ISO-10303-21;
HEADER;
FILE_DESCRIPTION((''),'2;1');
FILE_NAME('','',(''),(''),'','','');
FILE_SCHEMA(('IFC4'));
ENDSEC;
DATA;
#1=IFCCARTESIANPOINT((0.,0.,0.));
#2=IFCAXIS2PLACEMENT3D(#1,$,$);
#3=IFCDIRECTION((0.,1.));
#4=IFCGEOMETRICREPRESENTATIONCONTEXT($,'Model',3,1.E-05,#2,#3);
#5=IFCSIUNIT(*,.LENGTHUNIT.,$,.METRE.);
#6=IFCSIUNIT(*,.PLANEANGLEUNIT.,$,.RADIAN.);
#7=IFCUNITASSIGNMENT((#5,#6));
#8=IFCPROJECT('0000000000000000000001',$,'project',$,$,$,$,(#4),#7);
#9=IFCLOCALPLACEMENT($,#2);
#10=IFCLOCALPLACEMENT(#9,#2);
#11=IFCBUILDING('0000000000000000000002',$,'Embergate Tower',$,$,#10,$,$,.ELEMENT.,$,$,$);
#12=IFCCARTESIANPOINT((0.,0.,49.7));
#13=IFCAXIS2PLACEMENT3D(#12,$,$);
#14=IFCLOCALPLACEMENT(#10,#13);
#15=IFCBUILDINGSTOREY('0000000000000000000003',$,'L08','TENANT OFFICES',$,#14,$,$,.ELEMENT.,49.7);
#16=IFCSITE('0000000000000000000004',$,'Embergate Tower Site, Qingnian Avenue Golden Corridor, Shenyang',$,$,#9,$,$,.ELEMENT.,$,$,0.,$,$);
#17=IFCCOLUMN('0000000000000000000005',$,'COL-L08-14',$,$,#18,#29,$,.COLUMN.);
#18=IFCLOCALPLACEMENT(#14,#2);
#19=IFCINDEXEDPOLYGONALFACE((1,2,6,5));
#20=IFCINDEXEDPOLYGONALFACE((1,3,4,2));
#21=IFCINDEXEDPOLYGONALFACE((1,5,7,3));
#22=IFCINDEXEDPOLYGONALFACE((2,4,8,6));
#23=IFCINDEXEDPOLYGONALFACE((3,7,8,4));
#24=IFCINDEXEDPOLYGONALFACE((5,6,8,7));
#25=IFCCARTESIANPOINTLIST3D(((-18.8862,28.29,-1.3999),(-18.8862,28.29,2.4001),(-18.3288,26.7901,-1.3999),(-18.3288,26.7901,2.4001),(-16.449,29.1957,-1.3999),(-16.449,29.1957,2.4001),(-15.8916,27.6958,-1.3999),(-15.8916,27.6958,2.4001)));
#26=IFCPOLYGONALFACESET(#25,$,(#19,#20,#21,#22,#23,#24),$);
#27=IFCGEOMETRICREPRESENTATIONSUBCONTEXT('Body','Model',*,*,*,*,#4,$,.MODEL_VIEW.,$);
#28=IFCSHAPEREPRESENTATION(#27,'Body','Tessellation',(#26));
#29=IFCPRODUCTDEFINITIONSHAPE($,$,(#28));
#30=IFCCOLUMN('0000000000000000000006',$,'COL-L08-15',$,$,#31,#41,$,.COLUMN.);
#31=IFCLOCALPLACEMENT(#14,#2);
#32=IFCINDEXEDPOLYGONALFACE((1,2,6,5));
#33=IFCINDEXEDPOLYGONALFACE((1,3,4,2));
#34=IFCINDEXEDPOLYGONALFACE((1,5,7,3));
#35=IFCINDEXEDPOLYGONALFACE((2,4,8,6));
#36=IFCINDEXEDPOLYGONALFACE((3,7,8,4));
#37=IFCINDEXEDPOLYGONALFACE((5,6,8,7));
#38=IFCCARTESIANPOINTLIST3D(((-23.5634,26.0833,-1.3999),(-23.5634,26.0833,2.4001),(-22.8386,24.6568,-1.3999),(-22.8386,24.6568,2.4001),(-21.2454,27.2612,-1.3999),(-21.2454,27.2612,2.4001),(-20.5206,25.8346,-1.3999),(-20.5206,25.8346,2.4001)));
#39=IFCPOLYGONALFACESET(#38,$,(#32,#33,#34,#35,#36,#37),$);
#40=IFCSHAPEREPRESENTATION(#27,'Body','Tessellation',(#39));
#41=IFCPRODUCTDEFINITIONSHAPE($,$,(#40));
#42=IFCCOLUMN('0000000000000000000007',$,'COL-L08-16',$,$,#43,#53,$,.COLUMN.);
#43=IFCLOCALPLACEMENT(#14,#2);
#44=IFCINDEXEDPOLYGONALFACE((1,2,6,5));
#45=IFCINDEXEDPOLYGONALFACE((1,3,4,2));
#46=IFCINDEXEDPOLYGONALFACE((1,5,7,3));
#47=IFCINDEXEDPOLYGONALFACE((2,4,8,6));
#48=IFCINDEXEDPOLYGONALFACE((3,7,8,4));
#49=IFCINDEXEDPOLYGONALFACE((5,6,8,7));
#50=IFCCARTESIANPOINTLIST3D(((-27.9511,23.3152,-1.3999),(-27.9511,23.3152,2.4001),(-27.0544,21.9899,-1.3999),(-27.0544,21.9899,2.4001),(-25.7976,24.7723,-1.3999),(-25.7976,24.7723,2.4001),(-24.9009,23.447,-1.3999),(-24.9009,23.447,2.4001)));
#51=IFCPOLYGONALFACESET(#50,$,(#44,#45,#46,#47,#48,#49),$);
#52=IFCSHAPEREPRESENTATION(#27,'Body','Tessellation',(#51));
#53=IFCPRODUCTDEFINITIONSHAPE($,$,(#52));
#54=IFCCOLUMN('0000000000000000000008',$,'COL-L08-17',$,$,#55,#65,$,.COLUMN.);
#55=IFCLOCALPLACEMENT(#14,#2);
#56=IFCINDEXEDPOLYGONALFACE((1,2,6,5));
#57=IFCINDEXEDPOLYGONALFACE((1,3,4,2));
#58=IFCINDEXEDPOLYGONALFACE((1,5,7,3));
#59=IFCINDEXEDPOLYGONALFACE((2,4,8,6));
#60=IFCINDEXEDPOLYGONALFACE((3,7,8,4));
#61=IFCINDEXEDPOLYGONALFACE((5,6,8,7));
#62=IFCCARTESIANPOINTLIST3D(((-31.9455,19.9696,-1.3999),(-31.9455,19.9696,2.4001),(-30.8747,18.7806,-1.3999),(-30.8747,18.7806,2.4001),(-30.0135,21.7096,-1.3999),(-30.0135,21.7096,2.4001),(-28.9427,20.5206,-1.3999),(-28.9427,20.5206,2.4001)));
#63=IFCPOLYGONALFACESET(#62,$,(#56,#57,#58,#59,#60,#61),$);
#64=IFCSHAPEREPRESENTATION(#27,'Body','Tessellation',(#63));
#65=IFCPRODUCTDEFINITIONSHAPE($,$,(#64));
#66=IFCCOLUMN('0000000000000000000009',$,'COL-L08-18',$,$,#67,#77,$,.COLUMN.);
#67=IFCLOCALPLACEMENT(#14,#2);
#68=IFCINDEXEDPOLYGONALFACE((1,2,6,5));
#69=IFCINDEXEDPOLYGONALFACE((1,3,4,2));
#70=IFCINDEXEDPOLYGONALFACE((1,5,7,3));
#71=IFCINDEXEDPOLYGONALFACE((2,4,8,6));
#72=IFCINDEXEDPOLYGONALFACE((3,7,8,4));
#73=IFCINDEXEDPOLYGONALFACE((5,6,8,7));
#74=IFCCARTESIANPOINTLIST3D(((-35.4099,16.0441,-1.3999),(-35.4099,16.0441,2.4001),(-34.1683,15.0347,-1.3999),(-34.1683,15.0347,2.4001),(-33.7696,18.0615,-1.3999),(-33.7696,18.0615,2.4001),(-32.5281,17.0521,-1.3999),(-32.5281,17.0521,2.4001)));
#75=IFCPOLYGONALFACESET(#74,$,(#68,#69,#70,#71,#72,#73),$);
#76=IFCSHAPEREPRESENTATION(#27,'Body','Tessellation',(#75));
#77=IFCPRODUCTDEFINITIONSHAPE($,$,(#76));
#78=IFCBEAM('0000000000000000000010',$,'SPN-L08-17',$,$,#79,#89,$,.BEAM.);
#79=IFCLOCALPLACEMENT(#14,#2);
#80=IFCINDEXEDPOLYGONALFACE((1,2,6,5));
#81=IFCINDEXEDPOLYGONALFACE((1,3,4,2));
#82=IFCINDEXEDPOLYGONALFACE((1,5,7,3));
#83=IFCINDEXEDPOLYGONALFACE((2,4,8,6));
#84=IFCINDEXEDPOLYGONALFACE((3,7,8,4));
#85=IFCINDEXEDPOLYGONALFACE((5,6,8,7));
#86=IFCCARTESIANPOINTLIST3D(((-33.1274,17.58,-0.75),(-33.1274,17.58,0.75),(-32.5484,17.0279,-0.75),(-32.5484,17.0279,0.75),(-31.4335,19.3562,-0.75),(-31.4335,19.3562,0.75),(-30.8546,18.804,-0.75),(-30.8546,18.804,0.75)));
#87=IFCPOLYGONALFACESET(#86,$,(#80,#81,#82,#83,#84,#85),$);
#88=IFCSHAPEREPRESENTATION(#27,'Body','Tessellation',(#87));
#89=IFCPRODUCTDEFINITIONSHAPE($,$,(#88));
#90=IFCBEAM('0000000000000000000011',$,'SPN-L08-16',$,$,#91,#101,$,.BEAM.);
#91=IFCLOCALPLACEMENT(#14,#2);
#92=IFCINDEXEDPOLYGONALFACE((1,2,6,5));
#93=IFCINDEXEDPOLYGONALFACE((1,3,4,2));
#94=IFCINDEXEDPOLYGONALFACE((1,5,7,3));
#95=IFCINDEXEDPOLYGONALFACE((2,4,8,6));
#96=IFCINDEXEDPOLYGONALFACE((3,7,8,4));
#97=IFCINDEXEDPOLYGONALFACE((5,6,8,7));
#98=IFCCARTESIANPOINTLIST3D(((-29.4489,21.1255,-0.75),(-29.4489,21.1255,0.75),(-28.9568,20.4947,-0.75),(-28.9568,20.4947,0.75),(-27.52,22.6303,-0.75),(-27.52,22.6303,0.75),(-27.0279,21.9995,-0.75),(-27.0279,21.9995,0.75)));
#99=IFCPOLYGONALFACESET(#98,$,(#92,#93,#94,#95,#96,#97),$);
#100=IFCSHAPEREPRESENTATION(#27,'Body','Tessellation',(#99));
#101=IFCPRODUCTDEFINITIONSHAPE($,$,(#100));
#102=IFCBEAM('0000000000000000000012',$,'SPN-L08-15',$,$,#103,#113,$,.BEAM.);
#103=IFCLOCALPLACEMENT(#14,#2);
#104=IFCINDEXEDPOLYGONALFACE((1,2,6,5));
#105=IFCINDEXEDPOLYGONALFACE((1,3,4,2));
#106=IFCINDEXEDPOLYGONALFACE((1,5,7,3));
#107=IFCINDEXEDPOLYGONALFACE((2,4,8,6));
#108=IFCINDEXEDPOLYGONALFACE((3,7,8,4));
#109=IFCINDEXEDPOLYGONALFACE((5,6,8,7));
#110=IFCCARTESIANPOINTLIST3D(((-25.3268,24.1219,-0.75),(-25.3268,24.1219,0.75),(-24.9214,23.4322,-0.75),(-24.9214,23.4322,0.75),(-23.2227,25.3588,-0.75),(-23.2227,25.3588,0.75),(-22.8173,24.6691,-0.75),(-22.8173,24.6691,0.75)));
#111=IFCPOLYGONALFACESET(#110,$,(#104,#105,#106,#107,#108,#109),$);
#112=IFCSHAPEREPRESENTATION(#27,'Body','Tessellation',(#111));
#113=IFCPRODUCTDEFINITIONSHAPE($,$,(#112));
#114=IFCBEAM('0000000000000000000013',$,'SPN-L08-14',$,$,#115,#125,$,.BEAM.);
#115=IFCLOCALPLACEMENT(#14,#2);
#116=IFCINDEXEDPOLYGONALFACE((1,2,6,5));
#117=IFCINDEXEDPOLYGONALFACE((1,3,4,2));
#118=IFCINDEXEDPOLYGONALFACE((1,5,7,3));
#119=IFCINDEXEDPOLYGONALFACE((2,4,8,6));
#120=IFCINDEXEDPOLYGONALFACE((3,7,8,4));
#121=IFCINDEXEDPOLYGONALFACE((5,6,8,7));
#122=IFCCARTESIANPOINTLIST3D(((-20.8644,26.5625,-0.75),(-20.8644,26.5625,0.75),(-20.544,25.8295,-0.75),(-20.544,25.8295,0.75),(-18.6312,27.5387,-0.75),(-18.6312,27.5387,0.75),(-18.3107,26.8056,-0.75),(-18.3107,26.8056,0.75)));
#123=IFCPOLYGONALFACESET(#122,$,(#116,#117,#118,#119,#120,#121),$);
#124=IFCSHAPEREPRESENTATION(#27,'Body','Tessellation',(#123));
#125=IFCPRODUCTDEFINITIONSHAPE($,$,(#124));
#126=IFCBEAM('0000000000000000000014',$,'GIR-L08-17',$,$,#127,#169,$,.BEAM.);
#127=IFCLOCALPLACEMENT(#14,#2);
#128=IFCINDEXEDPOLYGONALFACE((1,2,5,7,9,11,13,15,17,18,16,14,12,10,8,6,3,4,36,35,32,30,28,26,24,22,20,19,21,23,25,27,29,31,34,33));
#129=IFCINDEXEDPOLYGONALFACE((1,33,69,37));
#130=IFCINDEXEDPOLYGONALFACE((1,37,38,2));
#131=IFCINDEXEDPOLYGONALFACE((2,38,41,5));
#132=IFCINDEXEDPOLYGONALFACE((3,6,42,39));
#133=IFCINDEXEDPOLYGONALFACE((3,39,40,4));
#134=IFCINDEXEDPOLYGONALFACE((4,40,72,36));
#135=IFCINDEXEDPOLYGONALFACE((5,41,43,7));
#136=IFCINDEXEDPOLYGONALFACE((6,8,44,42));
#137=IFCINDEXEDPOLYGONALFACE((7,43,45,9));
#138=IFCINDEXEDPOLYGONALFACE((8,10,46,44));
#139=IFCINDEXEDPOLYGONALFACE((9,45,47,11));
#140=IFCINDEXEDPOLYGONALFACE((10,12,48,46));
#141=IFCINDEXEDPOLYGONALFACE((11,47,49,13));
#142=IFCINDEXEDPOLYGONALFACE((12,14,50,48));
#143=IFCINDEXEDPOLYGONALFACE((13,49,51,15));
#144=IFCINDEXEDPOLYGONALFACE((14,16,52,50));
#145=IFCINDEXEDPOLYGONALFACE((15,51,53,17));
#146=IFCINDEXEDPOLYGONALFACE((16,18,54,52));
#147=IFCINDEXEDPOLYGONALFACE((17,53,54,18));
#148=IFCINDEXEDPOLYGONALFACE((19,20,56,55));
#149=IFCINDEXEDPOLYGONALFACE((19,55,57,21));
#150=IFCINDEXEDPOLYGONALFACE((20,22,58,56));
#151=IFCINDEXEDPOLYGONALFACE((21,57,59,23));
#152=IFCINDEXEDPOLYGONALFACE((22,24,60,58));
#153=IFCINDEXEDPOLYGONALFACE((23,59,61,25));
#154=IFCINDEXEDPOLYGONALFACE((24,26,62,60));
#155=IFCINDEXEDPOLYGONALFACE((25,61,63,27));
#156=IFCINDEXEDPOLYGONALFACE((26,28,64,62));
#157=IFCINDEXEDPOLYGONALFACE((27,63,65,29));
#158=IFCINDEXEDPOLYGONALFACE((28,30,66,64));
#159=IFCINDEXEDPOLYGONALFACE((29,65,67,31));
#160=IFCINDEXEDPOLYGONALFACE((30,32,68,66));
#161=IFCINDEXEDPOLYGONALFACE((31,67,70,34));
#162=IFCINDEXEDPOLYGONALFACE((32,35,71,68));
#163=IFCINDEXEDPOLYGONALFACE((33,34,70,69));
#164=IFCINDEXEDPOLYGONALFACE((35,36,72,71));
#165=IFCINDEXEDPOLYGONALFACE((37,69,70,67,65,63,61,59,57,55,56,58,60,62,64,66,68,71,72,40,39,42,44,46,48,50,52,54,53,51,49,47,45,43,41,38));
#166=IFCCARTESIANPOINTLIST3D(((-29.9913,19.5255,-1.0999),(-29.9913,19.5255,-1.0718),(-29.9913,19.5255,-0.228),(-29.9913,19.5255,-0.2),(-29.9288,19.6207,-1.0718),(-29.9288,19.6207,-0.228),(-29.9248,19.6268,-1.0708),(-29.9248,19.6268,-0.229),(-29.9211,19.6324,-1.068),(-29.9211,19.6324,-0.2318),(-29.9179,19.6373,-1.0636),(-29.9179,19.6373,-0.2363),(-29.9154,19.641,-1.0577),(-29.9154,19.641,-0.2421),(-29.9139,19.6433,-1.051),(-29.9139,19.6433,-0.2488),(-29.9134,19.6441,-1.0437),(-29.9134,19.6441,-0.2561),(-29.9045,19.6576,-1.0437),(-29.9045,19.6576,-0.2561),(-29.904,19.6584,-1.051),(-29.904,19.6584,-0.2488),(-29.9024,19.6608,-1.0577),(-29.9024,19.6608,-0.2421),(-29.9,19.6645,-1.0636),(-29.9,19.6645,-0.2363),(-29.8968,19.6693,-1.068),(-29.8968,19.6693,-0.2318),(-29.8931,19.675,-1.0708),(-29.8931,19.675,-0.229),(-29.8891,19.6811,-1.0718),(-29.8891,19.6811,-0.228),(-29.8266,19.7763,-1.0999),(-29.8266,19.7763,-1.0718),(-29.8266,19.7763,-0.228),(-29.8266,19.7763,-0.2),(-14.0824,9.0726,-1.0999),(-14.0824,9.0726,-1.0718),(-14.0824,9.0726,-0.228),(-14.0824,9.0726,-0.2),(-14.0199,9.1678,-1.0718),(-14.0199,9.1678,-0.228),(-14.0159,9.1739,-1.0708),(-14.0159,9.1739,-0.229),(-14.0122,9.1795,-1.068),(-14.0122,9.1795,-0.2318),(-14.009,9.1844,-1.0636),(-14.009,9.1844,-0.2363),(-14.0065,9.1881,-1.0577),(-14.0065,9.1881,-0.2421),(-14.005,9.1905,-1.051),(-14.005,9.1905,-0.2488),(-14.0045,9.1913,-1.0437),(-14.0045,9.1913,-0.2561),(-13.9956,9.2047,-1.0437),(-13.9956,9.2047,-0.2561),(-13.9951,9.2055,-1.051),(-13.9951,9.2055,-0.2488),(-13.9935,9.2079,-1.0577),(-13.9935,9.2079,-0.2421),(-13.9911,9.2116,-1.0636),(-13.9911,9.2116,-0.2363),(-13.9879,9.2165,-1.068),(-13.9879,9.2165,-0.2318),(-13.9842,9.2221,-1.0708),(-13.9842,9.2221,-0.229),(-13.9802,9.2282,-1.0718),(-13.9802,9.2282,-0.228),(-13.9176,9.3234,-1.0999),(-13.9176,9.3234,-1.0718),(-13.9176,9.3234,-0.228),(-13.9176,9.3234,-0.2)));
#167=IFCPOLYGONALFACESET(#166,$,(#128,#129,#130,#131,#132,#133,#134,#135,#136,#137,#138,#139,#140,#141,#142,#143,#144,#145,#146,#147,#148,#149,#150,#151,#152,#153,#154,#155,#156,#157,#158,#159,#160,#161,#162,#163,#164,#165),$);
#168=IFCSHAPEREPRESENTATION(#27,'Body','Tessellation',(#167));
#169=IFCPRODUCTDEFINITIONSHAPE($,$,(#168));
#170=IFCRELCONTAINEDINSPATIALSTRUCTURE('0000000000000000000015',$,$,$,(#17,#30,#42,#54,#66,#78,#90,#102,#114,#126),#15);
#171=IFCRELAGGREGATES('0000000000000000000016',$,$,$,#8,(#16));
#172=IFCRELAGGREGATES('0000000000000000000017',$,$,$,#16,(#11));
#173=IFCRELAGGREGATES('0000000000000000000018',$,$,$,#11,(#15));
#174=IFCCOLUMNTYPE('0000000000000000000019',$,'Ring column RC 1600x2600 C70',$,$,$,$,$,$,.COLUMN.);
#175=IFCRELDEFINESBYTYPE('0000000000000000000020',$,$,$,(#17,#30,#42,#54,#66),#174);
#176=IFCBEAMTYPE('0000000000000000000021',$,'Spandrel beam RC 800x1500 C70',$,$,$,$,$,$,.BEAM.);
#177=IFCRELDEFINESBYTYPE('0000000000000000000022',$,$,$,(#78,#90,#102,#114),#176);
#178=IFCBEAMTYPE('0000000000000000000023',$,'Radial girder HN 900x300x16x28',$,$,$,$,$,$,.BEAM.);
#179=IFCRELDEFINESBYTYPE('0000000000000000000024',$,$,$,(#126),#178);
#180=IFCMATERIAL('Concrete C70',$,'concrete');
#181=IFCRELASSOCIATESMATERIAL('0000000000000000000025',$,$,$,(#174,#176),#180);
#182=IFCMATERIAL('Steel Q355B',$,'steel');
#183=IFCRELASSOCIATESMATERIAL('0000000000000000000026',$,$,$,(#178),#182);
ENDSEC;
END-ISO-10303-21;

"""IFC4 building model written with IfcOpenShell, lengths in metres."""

from ifc_helpers import new_model, si_unit, direction, frame, origin, origin_2d, place, context, subcontext, project, spatial, rectangle, i_section, extrude, source, transform, mapped, material, material_profile, profile_set, type_object, element, save


model = new_model("IFC4")

# Units and contexts
model_context = context("Model", 3, precision=1e-05, world=origin(), true_north=direction((0.0, 1.0)))
body_context = subcontext(model_context, "Body", "Model", "MODEL_VIEW")
ifc_project = project(units=[si_unit("LENGTHUNIT", "METRE"), si_unit("PLANEANGLEUNIT", "RADIAN")], contexts=[model_context])

# Site, building, storey
site_placement = place(None, origin())
site = spatial("IfcSite", under=ifc_project, at=site_placement, Name="Embergate Tower Site, Qingnian Avenue Golden Corridor, Shenyang", CompositionType="ELEMENT", RefElevation=0.0)
building_placement = place(site_placement, origin())
building = spatial("IfcBuilding", under=site, at=building_placement, Name="Embergate Tower", CompositionType="ELEMENT")
storey_placement = place(building_placement, frame((0.0, 0.0, 49.7)))
storey = spatial("IfcBuildingStorey", under=building, at=storey_placement, Name="L08", Description="TENANT OFFICES", CompositionType="ELEMENT", Elevation=49.7)

# Columns
ifc_material_1 = material(Name="Concrete C70", Category="concrete")
ifc_material_profile_1 = material_profile(ifc_material_1, rectangle(XDim=1.6001, YDim=2.6001, at=origin_2d()), Name="RC 1600x2600")
ifc_profile_set_1 = profile_set([ifc_material_profile_1], Name="Concrete C70")
column_type = type_object("IfcColumnType", Name="Ring column RC 1600x2600 C70", PredefinedType="COLUMN", material=ifc_profile_set_1)
shared_shape_1 = source(origin(), body_context, "Body", "SweptSolid", [
    extrude(rectangle(XDim=1.6001, YDim=2.6001, at=origin_2d()), origin(), (0.0, 0.0, 1.0), 3.8),
])
for number, where, z_axis, x_axis, name in (
    (1, (-17.3889, 27.9929, -1.3999), (0.0, 0.0, 1.0), (-0.348343, 0.937367, 0.0), "COL-L08-14"),
    (2, (-22.042, 25.959, -1.3999), (0.0, 0.0, 1.0), (-0.452995, 0.891513, 0.0), "COL-L08-15"),
    (3, (-26.426, 23.3811, -1.3999), (0.0, 0.0, 1.0), (-0.560393, 0.828227, 0.0), "COL-L08-16"),
    (4, (-30.4441, 20.2451, -1.3999), (0.0, 0.0, 1.0), (-0.669208, 0.743075, 0.0), "COL-L08-17"),
    (5, (-33.969, 16.5481, -1.3999), (0.0, 0.0, 1.0), (-0.775914, 0.630838, 0.0), "COL-L08-18"),
):
    element("IfcColumn", number, at=place(storey_placement, frame(where, z_axis=z_axis, x_axis=x_axis)), inside=storey, type_object=column_type, Name=name, PredefinedType="COLUMN", context=body_context, shape_type="MappedRepresentation", body=[
        mapped(shared_shape_1, transform((0.0, 0.0, 0.0))),
    ])

# Beams
ifc_material_profile_2 = material_profile(ifc_material_1, rectangle(XDim=0.8, YDim=1.5, at=origin_2d()), Name="RC 800x1500")
ifc_profile_set_2 = profile_set([ifc_material_profile_2], Name="Concrete C70")
beam_type_1 = type_object("IfcBeamType", Name="Spandrel beam RC 800x1500 C70", PredefinedType="BEAM", material=ifc_profile_set_2)
shared_shape_2 = source(origin(), body_context, "Body", "SweptSolid", [
    extrude(rectangle(XDim=0.8, YDim=1.5, at=origin_2d()), origin(), (0.0, 0.0, 1.0), 2.4543),
])
beam_1_placement = place(storey_placement, frame((-31.144, 19.0801, 0.0), z_axis=(-0.690147, -0.723669, 0.0), x_axis=(0.723669, -0.690147, 0.0)))
element("IfcBeam", 6, at=beam_1_placement, inside=storey, type_object=beam_type_1, Name="SPN-L08-17", PredefinedType="BEAM", context=body_context, shape_type="MappedRepresentation", body=[
    mapped(shared_shape_2, transform((0.0, 0.0, 0.0))),
])
shared_shape_3 = source(origin(), body_context, "Body", "SweptSolid", [
    extrude(rectangle(XDim=0.8, YDim=1.5, at=origin_2d()), origin(), (0.0, 0.0, 1.0), 2.4465),
])
beam_2_placement = place(storey_placement, frame((-27.2739, 22.3149, 0.0), z_axis=(-0.788443, -0.615107, 0.0), x_axis=(0.615107, -0.788443, 0.0)))
element("IfcBeam", 7, at=beam_2_placement, inside=storey, type_object=beam_type_1, Name="SPN-L08-16", PredefinedType="BEAM", context=body_context, shape_type="MappedRepresentation", body=[
    mapped(shared_shape_3, transform((0.0, 0.0, 0.0))),
])
shared_shape_4 = source(origin(), body_context, "Body", "SweptSolid", [
    extrude(rectangle(XDim=0.8, YDim=1.5, at=origin_2d()), origin(), (0.0, 0.0, 1.0), 2.4407),
])
beam_3_placement = place(storey_placement, frame((-23.02, 25.0139, 0.0), z_axis=(-0.862083, -0.506767, 0.0), x_axis=(0.506767, -0.862083, 0.0)))
element("IfcBeam", 8, at=beam_3_placement, inside=storey, type_object=beam_type_1, Name="SPN-L08-15", PredefinedType="BEAM", context=body_context, shape_type="MappedRepresentation", body=[
    mapped(shared_shape_4, transform((0.0, 0.0, 0.0))),
])
shared_shape_5 = source(origin(), body_context, "Body", "SweptSolid", [
    extrude(rectangle(XDim=0.8, YDim=1.5, at=origin_2d()), origin(), (0.0, 0.0, 1.0), 2.4373),
])
beam_4_placement = place(storey_placement, frame((-18.4709, 27.1721, 0.0), z_axis=(-0.916298, -0.400498, 0.0), x_axis=(0.400498, -0.916298, 0.0)))
element("IfcBeam", 9, at=beam_4_placement, inside=storey, type_object=beam_type_1, Name="SPN-L08-14", PredefinedType="BEAM", context=body_context, shape_type="MappedRepresentation", body=[
    mapped(shared_shape_5, transform((0.0, 0.0, 0.0))),
])
ifc_material_2 = material(Name="Steel Q355B", Category="steel")
ifc_material_profile_3 = material_profile(ifc_material_2, i_section(OverallWidth=0.3, OverallDepth=0.8999, WebThickness=0.0161, FlangeThickness=0.0281, FilletRadius=0.0281, at=origin_2d()), Name="HN 900x300x16x28")
ifc_profile_set_3 = profile_set([ifc_material_profile_3], Name="Steel Q355 grade B")
beam_type_2 = type_object("IfcBeamType", Name="Radial girder HN 900x300x16x28", PredefinedType="BEAM", material=ifc_profile_set_3)
shared_shape_6 = source(origin(), body_context, "Body", "SweptSolid", [
    extrude(i_section(OverallWidth=0.3, OverallDepth=0.8999, WebThickness=0.0161, FlangeThickness=0.0281, FilletRadius=0.0281, at=origin_2d()), origin(), (0.0, 0.0, 1.0), 19.0356),
])
beam_5_placement = place(storey_placement, frame((-29.9089, 19.6509, -0.6499), z_axis=(0.835743, -0.549121, 0.0), x_axis=(0.549121, 0.835743, 0.0)))
element("IfcBeam", 10, at=beam_5_placement, inside=storey, type_object=beam_type_2, Name="GIR-L08-17", PredefinedType="BEAM", context=body_context, shape_type="MappedRepresentation", body=[
    mapped(shared_shape_6, transform((0.0, 0.0, 0.0))),
])

save(model, "model.ifc")
